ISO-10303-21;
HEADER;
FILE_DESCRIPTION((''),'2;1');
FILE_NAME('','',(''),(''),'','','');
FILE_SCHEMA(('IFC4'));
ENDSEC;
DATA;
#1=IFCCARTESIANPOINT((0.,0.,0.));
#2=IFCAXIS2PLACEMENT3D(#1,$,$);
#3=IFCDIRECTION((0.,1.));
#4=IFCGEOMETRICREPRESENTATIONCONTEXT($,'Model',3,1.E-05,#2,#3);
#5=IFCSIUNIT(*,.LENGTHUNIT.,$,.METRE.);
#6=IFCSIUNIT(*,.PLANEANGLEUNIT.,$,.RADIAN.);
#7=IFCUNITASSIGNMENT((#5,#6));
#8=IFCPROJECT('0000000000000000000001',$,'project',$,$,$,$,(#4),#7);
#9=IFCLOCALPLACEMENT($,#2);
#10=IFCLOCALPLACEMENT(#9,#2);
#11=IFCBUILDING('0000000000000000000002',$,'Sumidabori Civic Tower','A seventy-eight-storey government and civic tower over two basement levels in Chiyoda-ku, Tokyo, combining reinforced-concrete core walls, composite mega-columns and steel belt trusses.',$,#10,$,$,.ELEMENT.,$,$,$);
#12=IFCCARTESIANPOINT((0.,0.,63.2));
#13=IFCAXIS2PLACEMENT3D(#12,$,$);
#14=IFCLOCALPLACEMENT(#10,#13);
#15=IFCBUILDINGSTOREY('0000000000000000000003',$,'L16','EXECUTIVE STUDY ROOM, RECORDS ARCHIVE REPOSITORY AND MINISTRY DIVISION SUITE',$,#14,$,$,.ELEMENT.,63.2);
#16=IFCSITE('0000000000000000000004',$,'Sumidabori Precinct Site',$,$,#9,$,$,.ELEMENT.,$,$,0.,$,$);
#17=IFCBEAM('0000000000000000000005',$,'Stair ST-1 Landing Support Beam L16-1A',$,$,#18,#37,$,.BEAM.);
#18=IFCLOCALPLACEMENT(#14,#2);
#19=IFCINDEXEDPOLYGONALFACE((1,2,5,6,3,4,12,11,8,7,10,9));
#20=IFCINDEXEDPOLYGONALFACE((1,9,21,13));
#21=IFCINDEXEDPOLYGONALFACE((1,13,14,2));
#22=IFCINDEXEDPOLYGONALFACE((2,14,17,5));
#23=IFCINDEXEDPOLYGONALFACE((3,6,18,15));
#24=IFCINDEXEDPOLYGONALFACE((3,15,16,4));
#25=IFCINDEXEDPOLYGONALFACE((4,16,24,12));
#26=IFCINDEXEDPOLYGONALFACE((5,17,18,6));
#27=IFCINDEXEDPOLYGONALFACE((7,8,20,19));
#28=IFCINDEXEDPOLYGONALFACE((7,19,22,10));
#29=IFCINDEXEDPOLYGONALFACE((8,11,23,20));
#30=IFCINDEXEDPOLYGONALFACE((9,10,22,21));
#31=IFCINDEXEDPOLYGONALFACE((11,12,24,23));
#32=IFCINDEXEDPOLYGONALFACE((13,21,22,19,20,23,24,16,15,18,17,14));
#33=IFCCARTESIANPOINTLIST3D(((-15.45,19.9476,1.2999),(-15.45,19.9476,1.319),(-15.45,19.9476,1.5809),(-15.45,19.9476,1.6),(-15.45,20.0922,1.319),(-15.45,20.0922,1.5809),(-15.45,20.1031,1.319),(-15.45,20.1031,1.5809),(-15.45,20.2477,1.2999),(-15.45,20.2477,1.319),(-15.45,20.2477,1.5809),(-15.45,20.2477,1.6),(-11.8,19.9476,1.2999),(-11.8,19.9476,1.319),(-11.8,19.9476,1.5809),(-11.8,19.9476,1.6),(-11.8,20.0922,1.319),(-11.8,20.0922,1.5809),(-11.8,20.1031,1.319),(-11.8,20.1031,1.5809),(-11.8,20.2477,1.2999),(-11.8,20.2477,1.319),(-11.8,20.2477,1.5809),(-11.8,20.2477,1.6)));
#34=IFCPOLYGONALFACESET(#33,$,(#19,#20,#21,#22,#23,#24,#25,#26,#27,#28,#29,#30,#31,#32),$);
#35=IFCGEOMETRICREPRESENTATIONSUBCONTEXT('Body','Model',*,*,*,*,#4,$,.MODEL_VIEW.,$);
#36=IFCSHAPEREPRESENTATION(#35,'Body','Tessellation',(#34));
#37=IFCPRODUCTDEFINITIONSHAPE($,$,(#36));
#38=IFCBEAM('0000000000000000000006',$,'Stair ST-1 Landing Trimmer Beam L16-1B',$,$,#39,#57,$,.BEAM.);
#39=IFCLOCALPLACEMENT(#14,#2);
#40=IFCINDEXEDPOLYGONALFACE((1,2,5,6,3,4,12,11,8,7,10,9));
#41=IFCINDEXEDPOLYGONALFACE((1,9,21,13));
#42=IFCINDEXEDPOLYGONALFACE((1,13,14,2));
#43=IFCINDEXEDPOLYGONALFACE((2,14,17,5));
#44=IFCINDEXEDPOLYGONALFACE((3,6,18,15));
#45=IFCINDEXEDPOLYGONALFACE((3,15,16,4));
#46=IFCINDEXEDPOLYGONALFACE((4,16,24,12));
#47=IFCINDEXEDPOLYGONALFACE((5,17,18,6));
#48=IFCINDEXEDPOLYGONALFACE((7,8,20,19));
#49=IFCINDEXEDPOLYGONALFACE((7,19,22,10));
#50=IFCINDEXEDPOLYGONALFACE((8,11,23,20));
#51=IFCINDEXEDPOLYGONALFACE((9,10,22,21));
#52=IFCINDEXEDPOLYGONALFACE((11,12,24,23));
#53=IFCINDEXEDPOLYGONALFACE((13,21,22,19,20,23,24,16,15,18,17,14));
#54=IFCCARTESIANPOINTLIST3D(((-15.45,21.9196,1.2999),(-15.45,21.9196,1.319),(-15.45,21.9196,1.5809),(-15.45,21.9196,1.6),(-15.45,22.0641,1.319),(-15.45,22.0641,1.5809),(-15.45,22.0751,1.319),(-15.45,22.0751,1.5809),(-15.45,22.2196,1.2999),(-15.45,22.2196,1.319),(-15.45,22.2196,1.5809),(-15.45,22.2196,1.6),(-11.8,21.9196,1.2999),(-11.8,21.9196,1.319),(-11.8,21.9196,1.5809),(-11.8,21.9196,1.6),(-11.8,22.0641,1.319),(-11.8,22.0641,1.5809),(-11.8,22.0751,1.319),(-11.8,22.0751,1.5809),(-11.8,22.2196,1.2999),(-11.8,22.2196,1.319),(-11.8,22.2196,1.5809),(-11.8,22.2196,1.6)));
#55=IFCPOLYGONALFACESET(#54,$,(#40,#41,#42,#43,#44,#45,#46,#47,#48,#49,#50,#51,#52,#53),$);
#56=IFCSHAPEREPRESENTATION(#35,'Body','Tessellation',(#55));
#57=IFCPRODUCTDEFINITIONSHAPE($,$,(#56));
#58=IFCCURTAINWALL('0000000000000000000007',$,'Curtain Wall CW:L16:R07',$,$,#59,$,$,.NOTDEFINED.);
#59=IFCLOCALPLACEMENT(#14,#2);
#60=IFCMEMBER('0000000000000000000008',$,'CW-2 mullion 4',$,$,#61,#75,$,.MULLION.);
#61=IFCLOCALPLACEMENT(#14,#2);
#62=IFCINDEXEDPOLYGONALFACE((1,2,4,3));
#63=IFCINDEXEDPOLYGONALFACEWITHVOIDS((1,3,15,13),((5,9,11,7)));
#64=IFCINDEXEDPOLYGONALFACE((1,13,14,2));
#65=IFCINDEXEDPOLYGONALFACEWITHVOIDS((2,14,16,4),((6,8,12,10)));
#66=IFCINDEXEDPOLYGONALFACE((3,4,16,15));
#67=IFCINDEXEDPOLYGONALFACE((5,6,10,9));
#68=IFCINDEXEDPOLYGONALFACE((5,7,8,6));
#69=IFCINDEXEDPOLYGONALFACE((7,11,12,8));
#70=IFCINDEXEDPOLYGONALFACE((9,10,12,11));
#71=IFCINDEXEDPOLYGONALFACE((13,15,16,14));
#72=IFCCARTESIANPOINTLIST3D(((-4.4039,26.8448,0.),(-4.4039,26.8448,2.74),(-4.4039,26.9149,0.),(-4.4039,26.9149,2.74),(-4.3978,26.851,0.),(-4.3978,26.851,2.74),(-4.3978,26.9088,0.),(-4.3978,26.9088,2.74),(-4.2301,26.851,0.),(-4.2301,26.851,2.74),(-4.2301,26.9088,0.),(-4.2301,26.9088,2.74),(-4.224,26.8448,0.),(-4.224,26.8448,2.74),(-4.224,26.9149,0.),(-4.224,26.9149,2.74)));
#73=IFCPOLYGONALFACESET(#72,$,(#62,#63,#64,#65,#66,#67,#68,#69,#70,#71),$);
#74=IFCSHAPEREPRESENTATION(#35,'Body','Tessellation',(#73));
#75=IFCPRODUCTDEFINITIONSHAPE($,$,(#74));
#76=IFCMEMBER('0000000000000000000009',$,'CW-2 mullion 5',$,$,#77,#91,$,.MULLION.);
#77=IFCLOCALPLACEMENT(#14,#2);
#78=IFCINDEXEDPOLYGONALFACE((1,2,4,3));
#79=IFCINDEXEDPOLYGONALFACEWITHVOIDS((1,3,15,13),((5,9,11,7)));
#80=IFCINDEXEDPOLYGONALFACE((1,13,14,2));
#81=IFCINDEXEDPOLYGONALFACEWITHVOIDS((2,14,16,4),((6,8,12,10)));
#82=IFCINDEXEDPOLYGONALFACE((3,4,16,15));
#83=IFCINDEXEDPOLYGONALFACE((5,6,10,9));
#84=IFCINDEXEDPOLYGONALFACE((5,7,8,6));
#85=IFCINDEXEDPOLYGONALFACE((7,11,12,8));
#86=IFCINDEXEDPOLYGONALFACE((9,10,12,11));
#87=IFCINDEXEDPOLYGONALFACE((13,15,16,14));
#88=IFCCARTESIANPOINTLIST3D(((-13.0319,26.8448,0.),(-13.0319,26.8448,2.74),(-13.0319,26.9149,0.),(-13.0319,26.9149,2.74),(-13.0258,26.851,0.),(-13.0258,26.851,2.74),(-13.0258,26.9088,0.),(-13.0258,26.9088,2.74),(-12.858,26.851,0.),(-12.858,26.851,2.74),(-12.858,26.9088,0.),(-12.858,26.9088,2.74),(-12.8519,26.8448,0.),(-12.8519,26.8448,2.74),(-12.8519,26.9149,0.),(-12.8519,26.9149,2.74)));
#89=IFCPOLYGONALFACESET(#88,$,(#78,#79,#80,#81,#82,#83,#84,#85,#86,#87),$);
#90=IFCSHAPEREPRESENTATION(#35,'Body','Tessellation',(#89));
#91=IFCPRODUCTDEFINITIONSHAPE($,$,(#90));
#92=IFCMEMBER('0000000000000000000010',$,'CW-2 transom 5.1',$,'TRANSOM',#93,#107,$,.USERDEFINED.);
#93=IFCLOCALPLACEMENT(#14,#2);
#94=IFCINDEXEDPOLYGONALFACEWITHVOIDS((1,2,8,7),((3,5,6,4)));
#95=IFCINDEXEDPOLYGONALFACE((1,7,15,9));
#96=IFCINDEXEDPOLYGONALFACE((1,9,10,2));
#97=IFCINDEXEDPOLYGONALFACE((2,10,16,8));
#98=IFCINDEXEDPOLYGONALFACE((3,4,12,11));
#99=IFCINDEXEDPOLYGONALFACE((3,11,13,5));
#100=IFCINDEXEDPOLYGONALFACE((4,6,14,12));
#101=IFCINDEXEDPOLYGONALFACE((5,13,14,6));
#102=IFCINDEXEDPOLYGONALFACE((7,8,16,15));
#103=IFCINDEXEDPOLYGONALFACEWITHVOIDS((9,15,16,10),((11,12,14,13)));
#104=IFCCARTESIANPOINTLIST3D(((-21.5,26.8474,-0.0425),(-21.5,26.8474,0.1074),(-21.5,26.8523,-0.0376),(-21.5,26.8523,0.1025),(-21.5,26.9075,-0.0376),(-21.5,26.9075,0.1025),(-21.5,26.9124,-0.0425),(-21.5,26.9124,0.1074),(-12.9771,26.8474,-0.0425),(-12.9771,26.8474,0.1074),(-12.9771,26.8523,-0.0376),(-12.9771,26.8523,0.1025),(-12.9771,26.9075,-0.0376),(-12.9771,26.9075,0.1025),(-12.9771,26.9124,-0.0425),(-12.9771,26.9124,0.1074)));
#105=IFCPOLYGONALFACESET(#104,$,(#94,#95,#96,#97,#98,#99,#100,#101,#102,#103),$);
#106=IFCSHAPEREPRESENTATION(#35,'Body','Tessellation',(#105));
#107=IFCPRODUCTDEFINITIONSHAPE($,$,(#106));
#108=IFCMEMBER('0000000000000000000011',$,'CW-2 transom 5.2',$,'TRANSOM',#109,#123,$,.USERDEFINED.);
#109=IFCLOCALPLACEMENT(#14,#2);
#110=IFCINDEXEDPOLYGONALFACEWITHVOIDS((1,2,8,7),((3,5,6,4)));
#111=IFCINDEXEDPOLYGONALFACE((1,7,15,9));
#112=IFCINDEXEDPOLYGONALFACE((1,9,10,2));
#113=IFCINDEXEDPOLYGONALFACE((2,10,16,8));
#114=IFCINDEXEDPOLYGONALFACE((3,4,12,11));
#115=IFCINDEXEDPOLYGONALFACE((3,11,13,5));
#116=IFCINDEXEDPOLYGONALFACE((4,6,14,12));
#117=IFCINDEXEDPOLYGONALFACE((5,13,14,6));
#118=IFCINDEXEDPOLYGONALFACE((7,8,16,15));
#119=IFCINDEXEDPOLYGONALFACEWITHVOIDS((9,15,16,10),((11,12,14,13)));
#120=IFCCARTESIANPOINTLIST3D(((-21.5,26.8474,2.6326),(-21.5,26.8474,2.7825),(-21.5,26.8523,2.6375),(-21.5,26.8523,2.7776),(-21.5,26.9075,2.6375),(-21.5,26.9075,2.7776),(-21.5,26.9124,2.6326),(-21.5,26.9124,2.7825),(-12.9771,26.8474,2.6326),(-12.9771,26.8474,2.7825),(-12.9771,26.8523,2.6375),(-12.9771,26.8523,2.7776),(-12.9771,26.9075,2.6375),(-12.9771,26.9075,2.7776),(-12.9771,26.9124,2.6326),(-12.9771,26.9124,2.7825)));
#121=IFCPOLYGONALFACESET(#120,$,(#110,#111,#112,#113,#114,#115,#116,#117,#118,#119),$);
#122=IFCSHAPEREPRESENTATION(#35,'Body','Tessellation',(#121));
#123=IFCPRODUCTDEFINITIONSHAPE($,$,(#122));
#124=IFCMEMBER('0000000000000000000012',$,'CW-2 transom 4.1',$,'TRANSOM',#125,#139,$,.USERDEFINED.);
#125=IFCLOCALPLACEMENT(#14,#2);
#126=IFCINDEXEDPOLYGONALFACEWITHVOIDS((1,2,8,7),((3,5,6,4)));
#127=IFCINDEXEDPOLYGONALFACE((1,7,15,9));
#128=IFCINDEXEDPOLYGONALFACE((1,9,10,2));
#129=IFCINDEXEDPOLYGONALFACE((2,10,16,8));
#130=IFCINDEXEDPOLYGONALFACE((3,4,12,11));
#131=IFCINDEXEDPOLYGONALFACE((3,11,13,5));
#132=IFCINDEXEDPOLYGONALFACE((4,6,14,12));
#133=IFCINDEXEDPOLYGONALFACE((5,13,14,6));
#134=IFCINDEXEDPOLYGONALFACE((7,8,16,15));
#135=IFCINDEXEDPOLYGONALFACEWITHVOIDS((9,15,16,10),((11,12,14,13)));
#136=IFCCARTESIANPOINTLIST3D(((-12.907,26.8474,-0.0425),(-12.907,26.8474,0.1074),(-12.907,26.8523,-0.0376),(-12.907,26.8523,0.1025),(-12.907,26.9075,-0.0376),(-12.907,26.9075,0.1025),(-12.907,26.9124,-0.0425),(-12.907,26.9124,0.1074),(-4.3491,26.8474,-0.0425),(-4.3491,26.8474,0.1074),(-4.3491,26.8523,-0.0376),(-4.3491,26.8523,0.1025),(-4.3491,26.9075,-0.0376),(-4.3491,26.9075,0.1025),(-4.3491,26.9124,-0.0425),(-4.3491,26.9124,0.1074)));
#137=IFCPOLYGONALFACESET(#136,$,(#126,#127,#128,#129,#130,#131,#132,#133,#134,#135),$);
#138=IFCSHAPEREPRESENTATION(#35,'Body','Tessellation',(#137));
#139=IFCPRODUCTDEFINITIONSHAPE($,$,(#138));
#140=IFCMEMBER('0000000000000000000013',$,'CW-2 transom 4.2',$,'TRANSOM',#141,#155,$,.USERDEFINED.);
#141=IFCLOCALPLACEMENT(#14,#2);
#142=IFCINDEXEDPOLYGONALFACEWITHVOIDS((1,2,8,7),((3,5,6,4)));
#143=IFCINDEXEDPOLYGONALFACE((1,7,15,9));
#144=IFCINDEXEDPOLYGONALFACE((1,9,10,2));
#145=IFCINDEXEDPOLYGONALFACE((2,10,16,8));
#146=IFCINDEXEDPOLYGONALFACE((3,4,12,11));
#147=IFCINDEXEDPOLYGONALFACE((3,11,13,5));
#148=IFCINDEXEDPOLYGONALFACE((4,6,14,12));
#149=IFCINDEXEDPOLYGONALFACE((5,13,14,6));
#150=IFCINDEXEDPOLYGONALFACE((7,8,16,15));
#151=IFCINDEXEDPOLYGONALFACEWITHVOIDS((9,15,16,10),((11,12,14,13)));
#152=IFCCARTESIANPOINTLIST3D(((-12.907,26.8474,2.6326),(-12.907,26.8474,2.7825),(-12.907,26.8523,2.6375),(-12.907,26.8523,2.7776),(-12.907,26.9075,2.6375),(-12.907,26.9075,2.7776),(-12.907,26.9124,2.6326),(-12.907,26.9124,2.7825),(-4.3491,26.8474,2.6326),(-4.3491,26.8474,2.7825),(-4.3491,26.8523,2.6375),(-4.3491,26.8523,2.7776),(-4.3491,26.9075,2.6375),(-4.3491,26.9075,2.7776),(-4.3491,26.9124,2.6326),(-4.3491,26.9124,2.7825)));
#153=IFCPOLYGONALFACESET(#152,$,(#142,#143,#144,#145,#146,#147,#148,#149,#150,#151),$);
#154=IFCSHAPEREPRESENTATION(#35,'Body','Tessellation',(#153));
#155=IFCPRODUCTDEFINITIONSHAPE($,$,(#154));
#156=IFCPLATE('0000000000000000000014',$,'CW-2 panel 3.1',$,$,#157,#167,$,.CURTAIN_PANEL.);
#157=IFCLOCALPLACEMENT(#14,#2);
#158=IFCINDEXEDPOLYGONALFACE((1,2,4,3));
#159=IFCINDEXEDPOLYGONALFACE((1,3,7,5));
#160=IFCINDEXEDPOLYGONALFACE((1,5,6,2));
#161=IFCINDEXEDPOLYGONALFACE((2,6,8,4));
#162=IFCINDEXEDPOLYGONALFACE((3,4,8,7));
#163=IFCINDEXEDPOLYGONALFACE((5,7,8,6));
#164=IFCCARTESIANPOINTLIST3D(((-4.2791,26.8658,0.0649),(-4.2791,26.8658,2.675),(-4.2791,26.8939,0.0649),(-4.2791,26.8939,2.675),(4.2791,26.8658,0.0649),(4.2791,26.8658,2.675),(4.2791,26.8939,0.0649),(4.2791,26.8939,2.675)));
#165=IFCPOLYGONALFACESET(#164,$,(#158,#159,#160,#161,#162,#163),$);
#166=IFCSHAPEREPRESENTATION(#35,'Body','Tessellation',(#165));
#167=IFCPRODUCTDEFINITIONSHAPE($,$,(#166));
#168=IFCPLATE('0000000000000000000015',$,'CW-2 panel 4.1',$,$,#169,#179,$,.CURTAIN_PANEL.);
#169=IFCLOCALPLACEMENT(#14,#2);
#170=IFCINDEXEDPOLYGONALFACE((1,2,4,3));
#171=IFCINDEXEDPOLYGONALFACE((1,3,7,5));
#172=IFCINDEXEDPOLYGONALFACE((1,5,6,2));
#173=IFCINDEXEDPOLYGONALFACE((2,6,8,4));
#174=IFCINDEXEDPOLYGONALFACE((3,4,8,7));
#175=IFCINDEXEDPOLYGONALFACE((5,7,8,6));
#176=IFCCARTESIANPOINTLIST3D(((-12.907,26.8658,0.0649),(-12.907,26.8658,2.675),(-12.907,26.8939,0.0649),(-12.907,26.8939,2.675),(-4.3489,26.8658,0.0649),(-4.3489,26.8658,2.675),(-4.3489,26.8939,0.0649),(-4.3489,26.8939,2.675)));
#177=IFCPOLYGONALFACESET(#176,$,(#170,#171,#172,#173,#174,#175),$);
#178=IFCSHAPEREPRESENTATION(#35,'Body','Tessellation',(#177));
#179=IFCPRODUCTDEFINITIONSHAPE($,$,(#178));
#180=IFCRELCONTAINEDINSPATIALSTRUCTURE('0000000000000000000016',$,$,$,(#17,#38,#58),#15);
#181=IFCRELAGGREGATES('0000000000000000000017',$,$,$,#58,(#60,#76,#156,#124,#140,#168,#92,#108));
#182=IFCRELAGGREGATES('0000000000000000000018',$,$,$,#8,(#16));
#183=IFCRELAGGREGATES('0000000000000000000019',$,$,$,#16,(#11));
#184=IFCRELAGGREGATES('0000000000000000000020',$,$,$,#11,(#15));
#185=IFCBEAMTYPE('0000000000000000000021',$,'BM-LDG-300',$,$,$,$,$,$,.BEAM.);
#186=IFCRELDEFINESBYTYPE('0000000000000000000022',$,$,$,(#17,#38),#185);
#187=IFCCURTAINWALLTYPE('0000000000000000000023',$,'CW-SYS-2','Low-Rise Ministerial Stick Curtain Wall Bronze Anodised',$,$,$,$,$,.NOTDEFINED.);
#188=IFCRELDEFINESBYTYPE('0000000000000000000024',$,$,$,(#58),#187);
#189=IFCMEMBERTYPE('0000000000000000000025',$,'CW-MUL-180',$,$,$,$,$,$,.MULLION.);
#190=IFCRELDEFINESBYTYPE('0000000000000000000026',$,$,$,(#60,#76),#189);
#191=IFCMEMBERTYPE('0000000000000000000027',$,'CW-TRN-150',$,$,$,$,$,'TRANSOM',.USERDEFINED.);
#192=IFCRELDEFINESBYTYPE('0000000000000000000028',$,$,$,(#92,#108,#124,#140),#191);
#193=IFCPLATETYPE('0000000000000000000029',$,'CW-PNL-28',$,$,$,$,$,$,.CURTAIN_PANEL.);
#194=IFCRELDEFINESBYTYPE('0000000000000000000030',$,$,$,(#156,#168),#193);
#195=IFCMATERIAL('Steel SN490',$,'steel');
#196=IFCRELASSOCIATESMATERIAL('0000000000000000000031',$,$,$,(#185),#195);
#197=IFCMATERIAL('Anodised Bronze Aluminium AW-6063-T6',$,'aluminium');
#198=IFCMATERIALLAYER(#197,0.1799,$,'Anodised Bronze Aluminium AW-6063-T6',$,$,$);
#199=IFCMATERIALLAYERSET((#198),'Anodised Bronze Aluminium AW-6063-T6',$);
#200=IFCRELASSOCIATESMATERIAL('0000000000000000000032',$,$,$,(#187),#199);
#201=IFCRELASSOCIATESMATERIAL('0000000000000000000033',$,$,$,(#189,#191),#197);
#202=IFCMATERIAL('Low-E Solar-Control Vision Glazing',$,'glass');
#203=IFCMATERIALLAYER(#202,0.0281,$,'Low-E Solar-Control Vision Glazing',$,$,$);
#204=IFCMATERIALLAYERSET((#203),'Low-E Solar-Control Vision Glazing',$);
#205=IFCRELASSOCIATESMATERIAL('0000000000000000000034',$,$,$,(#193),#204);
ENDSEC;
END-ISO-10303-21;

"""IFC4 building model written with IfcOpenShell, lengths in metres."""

from ifc_helpers import new_model, si_unit, direction, frame, origin, origin_2d, place, context, subcontext, project, spatial, rectangle, hollow_rectangle, i_section, extrude, source, transform, mapped, material, layer, layer_set, material_profile, profile_set, type_object, element, aggregate, save


model = new_model("IFC4")

# Units and contexts
model_context = context("Model", 3, precision=1e-05, world=origin(), true_north=direction((0.0, 1.0)))
body_context = subcontext(model_context, "Body", "Model", "MODEL_VIEW")
ifc_project = project(units=[si_unit("LENGTHUNIT", "METRE"), si_unit("PLANEANGLEUNIT", "RADIAN")], contexts=[model_context])

# Site, building, storey
site_placement = place(None, origin())
site = spatial("IfcSite", under=ifc_project, at=site_placement, Name="Sumidabori Precinct Site", CompositionType="ELEMENT", RefElevation=0.0)
building_placement = place(site_placement, origin())
building = spatial("IfcBuilding", under=site, at=building_placement, Name="Sumidabori Civic Tower", Description="A seventy-eight-storey government and civic tower over two basement levels in Chiyoda-ku, Tokyo, combining reinforced-concrete core walls, composite mega-columns and steel belt trusses.", CompositionType="ELEMENT")
storey_placement = place(building_placement, frame((0.0, 0.0, 63.2)))
storey = spatial("IfcBuildingStorey", under=building, at=storey_placement, Name="L16", Description="EXECUTIVE STUDY ROOM, RECORDS ARCHIVE REPOSITORY AND MINISTRY DIVISION SUITE", CompositionType="ELEMENT", Elevation=63.2)

# Beams
ifc_material_1 = material(Name="Steel SN490", Category="steel")
ifc_material_profile_1 = material_profile(ifc_material_1, i_section(OverallWidth=0.3, OverallDepth=0.3, WebThickness=0.011, FlangeThickness=0.019, at=origin_2d()), Name="HE 300 B")
ifc_profile_set_1 = profile_set([ifc_material_profile_1], Name="Steel SN490")
beam_type = type_object("IfcBeamType", Name="BM-LDG-300", PredefinedType="BEAM", material=ifc_profile_set_1)
shared_shape_1 = source(origin(), body_context, "Body", "SweptSolid", [
    extrude(i_section(OverallWidth=0.3, OverallDepth=0.3, WebThickness=0.011, FlangeThickness=0.019, at=origin_2d()), origin(), (0.0, 0.0, 1.0), 3.6499),
])
for number, where, z_axis, x_axis, name in (
    (1, (-15.45, 20.0977, 1.45), (1.0, 0.0, 0.0), (0.0, 1.0, 0.0), "Stair ST-1 Landing Support Beam L16-1A"),
    (2, (-15.45, 22.0696, 1.45), (1.0, 0.0, 0.0), (0.0, 1.0, 0.0), "Stair ST-1 Landing Trimmer Beam L16-1B"),
):
    element("IfcBeam", number, at=place(storey_placement, frame(where, z_axis=z_axis, x_axis=x_axis)), inside=storey, type_object=beam_type, Name=name, PredefinedType="BEAM", context=body_context, shape_type="MappedRepresentation", body=[
        mapped(shared_shape_1, transform((0.0, 0.0, 0.0), x_axis=(1.0, 0.0, 0.0), y_axis=(0.0, 1.0, 0.0), z_axis=(0.0, 0.0, 1.0), scale=1.0)),
    ])

# Curtain wall, members, plates
ifc_material_2 = material(Name="Anodised Bronze Aluminium AW-6063-T6", Category="aluminium")
ifc_layer_1 = layer(ifc_material_2, 0.1799, Name="Anodised Bronze Aluminium AW-6063-T6")
ifc_layer_set_1 = layer_set([ifc_layer_1], Name="Anodised Bronze Aluminium AW-6063-T6")
curtain_wall_type = type_object("IfcCurtainWallType", Name="CW-SYS-2", Description="Low-Rise Ministerial Stick Curtain Wall Bronze Anodised", PredefinedType="NOTDEFINED", material=ifc_layer_set_1)
curtain_wall_placement = place(storey_placement, origin())
curtain_wall = element("IfcCurtainWall", 3, at=curtain_wall_placement, inside=storey, type_object=curtain_wall_type, Name="Curtain Wall CW:L16:R07", PredefinedType="NOTDEFINED")
ifc_material_profile_2 = material_profile(ifc_material_2, hollow_rectangle(XDim=0.0701, YDim=0.1799, WallThickness=0.0061, at=origin_2d()), Name="ALU MULLION 180x70")
ifc_profile_set_2 = profile_set([ifc_material_profile_2], Name="Anodised Bronze Aluminium AW-6063-T6")
member_type_1 = type_object("IfcMemberType", Name="CW-MUL-180", PredefinedType="MULLION", material=ifc_profile_set_2)
shared_shape_2 = source(origin(), body_context, "Body", "SweptSolid", [
    extrude(hollow_rectangle(XDim=0.0701, YDim=0.1799, WallThickness=0.0061, at=origin_2d()), origin(), (0.0, 0.0, 1.0), 2.74),
])
member_1_placement = place(storey_placement, frame((-4.314, 26.8799, 0.0), z_axis=(0.0, 0.0, 1.0), x_axis=(0.0, -1.0, 0.0)))
member_1 = element("IfcMember", 4, at=member_1_placement, type_object=member_type_1, Name="CW-2 mullion 4", PredefinedType="MULLION", context=body_context, shape_type="MappedRepresentation", body=[
    mapped(shared_shape_2, transform((0.0, 0.0, 0.0), x_axis=(1.0, 0.0, 0.0), y_axis=(0.0, 1.0, 0.0), z_axis=(0.0, 0.0, 1.0), scale=1.0)),
])
member_2_placement = place(storey_placement, frame((-12.9419, 26.8799, 0.0), z_axis=(0.0, 0.0, 1.0), x_axis=(0.0, -1.0, 0.0)))
member_2 = element("IfcMember", 5, at=member_2_placement, type_object=member_type_1, Name="CW-2 mullion 5", PredefinedType="MULLION", context=body_context, shape_type="MappedRepresentation", body=[
    mapped(shared_shape_2, transform((0.0, 0.0, 0.0), x_axis=(1.0, 0.0, 0.0), y_axis=(0.0, 1.0, 0.0), z_axis=(0.0, 0.0, 1.0), scale=1.0)),
])
ifc_material_profile_3 = material_profile(ifc_material_2, hollow_rectangle(XDim=0.0649, YDim=0.1499, WallThickness=0.0049, at=origin_2d()), Name="ALU TRANSOM 150x65")
ifc_profile_set_3 = profile_set([ifc_material_profile_3], Name="Anodised Bronze Aluminium AW-6063-T6")
member_type_2 = type_object("IfcMemberType", Name="CW-TRN-150", ElementType="TRANSOM", PredefinedType="USERDEFINED", material=ifc_profile_set_3)
shared_shape_3 = source(origin(), body_context, "Body", "SweptSolid", [
    extrude(hollow_rectangle(XDim=0.0649, YDim=0.1499, WallThickness=0.0049, at=origin_2d()), origin(), (0.0, 0.0, 1.0), 8.5229),
])
member_3_placement = place(storey_placement, frame((-12.9771, 26.8799, 0.0325), z_axis=(-1.0, 0.0, 0.0), x_axis=(0.0, -1.0, 0.0)))
member_3 = element("IfcMember", 6, at=member_3_placement, type_object=member_type_2, Name="CW-2 transom 5.1", ObjectType="TRANSOM", PredefinedType="USERDEFINED", context=body_context, shape_type="MappedRepresentation", body=[
    mapped(shared_shape_3, transform((0.0, 0.0, 0.0), x_axis=(1.0, 0.0, 0.0), y_axis=(0.0, 1.0, 0.0), z_axis=(0.0, 0.0, 1.0), scale=1.0)),
])
member_4_placement = place(storey_placement, frame((-12.9771, 26.8799, 2.7075), z_axis=(-1.0, 0.0, 0.0), x_axis=(0.0, -1.0, 0.0)))
member_4 = element("IfcMember", 7, at=member_4_placement, type_object=member_type_2, Name="CW-2 transom 5.2", ObjectType="TRANSOM", PredefinedType="USERDEFINED", context=body_context, shape_type="MappedRepresentation", body=[
    mapped(shared_shape_3, transform((0.0, 0.0, 0.0), x_axis=(1.0, 0.0, 0.0), y_axis=(0.0, 1.0, 0.0), z_axis=(0.0, 0.0, 1.0), scale=1.0)),
])
shared_shape_4 = source(origin(), body_context, "Body", "SweptSolid", [
    extrude(hollow_rectangle(XDim=0.0649, YDim=0.1499, WallThickness=0.0049, at=origin_2d()), origin(), (0.0, 0.0, 1.0), 8.5579),
])
member_5_placement = place(storey_placement, frame((-4.3491, 26.8799, 0.0325), z_axis=(-1.0, 0.0, 0.0), x_axis=(0.0, -1.0, 0.0)))
member_5 = element("IfcMember", 8, at=member_5_placement, type_object=member_type_2, Name="CW-2 transom 4.1", ObjectType="TRANSOM", PredefinedType="USERDEFINED", context=body_context, shape_type="MappedRepresentation", body=[
    mapped(shared_shape_4, transform((0.0, 0.0, 0.0), x_axis=(1.0, 0.0, 0.0), y_axis=(0.0, 1.0, 0.0), z_axis=(0.0, 0.0, 1.0), scale=1.0)),
])
member_6_placement = place(storey_placement, frame((-4.3491, 26.8799, 2.7075), z_axis=(-1.0, 0.0, 0.0), x_axis=(0.0, -1.0, 0.0)))
member_6 = element("IfcMember", 9, at=member_6_placement, type_object=member_type_2, Name="CW-2 transom 4.2", ObjectType="TRANSOM", PredefinedType="USERDEFINED", context=body_context, shape_type="MappedRepresentation", body=[
    mapped(shared_shape_4, transform((0.0, 0.0, 0.0), x_axis=(1.0, 0.0, 0.0), y_axis=(0.0, 1.0, 0.0), z_axis=(0.0, 0.0, 1.0), scale=1.0)),
])
ifc_material_3 = material(Name="Low-E Solar-Control Vision Glazing", Category="glass")
ifc_layer_2 = layer(ifc_material_3, 0.0281, Name="Low-E Solar-Control Vision Glazing")
ifc_layer_set_2 = layer_set([ifc_layer_2], Name="Low-E Solar-Control Vision Glazing")
plate_type = type_object("IfcPlateType", Name="CW-PNL-28", PredefinedType="CURTAIN_PANEL", material=ifc_layer_set_2)
shared_shape_5 = source(origin(), body_context, "Body", "SweptSolid", [
    extrude(rectangle(XDim=8.5581, YDim=0.0281, at=origin_2d()), origin(), (0.0, 0.0, 1.0), 2.6101),
])
plate_1_placement = place(storey_placement, frame((0.0, 26.8799, 0.0649), z_axis=(0.0, 0.0, 1.0), x_axis=(-1.0, 0.0, 0.0)))
plate_1 = element("IfcPlate", 10, at=plate_1_placement, type_object=plate_type, Name="CW-2 panel 3.1", PredefinedType="CURTAIN_PANEL", context=body_context, shape_type="MappedRepresentation", body=[
    mapped(shared_shape_5, transform((0.0, 0.0, 0.0), x_axis=(1.0, 0.0, 0.0), y_axis=(0.0, 1.0, 0.0), z_axis=(0.0, 0.0, 1.0), scale=1.0)),
])
plate_2_placement = place(storey_placement, frame((-8.6279, 26.8799, 0.0649), z_axis=(0.0, 0.0, 1.0), x_axis=(-1.0, 0.0, 0.0)))
plate_2 = element("IfcPlate", 11, at=plate_2_placement, type_object=plate_type, Name="CW-2 panel 4.1", PredefinedType="CURTAIN_PANEL", context=body_context, shape_type="MappedRepresentation", body=[
    mapped(shared_shape_5, transform((0.0, 0.0, 0.0), x_axis=(1.0, 0.0, 0.0), y_axis=(0.0, 1.0, 0.0), z_axis=(0.0, 0.0, 1.0), scale=1.0)),
])
aggregate(curtain_wall, [member_1, member_2, plate_1, member_5, member_6, plate_2, member_3, member_4])

save(model, "model.ifc")
